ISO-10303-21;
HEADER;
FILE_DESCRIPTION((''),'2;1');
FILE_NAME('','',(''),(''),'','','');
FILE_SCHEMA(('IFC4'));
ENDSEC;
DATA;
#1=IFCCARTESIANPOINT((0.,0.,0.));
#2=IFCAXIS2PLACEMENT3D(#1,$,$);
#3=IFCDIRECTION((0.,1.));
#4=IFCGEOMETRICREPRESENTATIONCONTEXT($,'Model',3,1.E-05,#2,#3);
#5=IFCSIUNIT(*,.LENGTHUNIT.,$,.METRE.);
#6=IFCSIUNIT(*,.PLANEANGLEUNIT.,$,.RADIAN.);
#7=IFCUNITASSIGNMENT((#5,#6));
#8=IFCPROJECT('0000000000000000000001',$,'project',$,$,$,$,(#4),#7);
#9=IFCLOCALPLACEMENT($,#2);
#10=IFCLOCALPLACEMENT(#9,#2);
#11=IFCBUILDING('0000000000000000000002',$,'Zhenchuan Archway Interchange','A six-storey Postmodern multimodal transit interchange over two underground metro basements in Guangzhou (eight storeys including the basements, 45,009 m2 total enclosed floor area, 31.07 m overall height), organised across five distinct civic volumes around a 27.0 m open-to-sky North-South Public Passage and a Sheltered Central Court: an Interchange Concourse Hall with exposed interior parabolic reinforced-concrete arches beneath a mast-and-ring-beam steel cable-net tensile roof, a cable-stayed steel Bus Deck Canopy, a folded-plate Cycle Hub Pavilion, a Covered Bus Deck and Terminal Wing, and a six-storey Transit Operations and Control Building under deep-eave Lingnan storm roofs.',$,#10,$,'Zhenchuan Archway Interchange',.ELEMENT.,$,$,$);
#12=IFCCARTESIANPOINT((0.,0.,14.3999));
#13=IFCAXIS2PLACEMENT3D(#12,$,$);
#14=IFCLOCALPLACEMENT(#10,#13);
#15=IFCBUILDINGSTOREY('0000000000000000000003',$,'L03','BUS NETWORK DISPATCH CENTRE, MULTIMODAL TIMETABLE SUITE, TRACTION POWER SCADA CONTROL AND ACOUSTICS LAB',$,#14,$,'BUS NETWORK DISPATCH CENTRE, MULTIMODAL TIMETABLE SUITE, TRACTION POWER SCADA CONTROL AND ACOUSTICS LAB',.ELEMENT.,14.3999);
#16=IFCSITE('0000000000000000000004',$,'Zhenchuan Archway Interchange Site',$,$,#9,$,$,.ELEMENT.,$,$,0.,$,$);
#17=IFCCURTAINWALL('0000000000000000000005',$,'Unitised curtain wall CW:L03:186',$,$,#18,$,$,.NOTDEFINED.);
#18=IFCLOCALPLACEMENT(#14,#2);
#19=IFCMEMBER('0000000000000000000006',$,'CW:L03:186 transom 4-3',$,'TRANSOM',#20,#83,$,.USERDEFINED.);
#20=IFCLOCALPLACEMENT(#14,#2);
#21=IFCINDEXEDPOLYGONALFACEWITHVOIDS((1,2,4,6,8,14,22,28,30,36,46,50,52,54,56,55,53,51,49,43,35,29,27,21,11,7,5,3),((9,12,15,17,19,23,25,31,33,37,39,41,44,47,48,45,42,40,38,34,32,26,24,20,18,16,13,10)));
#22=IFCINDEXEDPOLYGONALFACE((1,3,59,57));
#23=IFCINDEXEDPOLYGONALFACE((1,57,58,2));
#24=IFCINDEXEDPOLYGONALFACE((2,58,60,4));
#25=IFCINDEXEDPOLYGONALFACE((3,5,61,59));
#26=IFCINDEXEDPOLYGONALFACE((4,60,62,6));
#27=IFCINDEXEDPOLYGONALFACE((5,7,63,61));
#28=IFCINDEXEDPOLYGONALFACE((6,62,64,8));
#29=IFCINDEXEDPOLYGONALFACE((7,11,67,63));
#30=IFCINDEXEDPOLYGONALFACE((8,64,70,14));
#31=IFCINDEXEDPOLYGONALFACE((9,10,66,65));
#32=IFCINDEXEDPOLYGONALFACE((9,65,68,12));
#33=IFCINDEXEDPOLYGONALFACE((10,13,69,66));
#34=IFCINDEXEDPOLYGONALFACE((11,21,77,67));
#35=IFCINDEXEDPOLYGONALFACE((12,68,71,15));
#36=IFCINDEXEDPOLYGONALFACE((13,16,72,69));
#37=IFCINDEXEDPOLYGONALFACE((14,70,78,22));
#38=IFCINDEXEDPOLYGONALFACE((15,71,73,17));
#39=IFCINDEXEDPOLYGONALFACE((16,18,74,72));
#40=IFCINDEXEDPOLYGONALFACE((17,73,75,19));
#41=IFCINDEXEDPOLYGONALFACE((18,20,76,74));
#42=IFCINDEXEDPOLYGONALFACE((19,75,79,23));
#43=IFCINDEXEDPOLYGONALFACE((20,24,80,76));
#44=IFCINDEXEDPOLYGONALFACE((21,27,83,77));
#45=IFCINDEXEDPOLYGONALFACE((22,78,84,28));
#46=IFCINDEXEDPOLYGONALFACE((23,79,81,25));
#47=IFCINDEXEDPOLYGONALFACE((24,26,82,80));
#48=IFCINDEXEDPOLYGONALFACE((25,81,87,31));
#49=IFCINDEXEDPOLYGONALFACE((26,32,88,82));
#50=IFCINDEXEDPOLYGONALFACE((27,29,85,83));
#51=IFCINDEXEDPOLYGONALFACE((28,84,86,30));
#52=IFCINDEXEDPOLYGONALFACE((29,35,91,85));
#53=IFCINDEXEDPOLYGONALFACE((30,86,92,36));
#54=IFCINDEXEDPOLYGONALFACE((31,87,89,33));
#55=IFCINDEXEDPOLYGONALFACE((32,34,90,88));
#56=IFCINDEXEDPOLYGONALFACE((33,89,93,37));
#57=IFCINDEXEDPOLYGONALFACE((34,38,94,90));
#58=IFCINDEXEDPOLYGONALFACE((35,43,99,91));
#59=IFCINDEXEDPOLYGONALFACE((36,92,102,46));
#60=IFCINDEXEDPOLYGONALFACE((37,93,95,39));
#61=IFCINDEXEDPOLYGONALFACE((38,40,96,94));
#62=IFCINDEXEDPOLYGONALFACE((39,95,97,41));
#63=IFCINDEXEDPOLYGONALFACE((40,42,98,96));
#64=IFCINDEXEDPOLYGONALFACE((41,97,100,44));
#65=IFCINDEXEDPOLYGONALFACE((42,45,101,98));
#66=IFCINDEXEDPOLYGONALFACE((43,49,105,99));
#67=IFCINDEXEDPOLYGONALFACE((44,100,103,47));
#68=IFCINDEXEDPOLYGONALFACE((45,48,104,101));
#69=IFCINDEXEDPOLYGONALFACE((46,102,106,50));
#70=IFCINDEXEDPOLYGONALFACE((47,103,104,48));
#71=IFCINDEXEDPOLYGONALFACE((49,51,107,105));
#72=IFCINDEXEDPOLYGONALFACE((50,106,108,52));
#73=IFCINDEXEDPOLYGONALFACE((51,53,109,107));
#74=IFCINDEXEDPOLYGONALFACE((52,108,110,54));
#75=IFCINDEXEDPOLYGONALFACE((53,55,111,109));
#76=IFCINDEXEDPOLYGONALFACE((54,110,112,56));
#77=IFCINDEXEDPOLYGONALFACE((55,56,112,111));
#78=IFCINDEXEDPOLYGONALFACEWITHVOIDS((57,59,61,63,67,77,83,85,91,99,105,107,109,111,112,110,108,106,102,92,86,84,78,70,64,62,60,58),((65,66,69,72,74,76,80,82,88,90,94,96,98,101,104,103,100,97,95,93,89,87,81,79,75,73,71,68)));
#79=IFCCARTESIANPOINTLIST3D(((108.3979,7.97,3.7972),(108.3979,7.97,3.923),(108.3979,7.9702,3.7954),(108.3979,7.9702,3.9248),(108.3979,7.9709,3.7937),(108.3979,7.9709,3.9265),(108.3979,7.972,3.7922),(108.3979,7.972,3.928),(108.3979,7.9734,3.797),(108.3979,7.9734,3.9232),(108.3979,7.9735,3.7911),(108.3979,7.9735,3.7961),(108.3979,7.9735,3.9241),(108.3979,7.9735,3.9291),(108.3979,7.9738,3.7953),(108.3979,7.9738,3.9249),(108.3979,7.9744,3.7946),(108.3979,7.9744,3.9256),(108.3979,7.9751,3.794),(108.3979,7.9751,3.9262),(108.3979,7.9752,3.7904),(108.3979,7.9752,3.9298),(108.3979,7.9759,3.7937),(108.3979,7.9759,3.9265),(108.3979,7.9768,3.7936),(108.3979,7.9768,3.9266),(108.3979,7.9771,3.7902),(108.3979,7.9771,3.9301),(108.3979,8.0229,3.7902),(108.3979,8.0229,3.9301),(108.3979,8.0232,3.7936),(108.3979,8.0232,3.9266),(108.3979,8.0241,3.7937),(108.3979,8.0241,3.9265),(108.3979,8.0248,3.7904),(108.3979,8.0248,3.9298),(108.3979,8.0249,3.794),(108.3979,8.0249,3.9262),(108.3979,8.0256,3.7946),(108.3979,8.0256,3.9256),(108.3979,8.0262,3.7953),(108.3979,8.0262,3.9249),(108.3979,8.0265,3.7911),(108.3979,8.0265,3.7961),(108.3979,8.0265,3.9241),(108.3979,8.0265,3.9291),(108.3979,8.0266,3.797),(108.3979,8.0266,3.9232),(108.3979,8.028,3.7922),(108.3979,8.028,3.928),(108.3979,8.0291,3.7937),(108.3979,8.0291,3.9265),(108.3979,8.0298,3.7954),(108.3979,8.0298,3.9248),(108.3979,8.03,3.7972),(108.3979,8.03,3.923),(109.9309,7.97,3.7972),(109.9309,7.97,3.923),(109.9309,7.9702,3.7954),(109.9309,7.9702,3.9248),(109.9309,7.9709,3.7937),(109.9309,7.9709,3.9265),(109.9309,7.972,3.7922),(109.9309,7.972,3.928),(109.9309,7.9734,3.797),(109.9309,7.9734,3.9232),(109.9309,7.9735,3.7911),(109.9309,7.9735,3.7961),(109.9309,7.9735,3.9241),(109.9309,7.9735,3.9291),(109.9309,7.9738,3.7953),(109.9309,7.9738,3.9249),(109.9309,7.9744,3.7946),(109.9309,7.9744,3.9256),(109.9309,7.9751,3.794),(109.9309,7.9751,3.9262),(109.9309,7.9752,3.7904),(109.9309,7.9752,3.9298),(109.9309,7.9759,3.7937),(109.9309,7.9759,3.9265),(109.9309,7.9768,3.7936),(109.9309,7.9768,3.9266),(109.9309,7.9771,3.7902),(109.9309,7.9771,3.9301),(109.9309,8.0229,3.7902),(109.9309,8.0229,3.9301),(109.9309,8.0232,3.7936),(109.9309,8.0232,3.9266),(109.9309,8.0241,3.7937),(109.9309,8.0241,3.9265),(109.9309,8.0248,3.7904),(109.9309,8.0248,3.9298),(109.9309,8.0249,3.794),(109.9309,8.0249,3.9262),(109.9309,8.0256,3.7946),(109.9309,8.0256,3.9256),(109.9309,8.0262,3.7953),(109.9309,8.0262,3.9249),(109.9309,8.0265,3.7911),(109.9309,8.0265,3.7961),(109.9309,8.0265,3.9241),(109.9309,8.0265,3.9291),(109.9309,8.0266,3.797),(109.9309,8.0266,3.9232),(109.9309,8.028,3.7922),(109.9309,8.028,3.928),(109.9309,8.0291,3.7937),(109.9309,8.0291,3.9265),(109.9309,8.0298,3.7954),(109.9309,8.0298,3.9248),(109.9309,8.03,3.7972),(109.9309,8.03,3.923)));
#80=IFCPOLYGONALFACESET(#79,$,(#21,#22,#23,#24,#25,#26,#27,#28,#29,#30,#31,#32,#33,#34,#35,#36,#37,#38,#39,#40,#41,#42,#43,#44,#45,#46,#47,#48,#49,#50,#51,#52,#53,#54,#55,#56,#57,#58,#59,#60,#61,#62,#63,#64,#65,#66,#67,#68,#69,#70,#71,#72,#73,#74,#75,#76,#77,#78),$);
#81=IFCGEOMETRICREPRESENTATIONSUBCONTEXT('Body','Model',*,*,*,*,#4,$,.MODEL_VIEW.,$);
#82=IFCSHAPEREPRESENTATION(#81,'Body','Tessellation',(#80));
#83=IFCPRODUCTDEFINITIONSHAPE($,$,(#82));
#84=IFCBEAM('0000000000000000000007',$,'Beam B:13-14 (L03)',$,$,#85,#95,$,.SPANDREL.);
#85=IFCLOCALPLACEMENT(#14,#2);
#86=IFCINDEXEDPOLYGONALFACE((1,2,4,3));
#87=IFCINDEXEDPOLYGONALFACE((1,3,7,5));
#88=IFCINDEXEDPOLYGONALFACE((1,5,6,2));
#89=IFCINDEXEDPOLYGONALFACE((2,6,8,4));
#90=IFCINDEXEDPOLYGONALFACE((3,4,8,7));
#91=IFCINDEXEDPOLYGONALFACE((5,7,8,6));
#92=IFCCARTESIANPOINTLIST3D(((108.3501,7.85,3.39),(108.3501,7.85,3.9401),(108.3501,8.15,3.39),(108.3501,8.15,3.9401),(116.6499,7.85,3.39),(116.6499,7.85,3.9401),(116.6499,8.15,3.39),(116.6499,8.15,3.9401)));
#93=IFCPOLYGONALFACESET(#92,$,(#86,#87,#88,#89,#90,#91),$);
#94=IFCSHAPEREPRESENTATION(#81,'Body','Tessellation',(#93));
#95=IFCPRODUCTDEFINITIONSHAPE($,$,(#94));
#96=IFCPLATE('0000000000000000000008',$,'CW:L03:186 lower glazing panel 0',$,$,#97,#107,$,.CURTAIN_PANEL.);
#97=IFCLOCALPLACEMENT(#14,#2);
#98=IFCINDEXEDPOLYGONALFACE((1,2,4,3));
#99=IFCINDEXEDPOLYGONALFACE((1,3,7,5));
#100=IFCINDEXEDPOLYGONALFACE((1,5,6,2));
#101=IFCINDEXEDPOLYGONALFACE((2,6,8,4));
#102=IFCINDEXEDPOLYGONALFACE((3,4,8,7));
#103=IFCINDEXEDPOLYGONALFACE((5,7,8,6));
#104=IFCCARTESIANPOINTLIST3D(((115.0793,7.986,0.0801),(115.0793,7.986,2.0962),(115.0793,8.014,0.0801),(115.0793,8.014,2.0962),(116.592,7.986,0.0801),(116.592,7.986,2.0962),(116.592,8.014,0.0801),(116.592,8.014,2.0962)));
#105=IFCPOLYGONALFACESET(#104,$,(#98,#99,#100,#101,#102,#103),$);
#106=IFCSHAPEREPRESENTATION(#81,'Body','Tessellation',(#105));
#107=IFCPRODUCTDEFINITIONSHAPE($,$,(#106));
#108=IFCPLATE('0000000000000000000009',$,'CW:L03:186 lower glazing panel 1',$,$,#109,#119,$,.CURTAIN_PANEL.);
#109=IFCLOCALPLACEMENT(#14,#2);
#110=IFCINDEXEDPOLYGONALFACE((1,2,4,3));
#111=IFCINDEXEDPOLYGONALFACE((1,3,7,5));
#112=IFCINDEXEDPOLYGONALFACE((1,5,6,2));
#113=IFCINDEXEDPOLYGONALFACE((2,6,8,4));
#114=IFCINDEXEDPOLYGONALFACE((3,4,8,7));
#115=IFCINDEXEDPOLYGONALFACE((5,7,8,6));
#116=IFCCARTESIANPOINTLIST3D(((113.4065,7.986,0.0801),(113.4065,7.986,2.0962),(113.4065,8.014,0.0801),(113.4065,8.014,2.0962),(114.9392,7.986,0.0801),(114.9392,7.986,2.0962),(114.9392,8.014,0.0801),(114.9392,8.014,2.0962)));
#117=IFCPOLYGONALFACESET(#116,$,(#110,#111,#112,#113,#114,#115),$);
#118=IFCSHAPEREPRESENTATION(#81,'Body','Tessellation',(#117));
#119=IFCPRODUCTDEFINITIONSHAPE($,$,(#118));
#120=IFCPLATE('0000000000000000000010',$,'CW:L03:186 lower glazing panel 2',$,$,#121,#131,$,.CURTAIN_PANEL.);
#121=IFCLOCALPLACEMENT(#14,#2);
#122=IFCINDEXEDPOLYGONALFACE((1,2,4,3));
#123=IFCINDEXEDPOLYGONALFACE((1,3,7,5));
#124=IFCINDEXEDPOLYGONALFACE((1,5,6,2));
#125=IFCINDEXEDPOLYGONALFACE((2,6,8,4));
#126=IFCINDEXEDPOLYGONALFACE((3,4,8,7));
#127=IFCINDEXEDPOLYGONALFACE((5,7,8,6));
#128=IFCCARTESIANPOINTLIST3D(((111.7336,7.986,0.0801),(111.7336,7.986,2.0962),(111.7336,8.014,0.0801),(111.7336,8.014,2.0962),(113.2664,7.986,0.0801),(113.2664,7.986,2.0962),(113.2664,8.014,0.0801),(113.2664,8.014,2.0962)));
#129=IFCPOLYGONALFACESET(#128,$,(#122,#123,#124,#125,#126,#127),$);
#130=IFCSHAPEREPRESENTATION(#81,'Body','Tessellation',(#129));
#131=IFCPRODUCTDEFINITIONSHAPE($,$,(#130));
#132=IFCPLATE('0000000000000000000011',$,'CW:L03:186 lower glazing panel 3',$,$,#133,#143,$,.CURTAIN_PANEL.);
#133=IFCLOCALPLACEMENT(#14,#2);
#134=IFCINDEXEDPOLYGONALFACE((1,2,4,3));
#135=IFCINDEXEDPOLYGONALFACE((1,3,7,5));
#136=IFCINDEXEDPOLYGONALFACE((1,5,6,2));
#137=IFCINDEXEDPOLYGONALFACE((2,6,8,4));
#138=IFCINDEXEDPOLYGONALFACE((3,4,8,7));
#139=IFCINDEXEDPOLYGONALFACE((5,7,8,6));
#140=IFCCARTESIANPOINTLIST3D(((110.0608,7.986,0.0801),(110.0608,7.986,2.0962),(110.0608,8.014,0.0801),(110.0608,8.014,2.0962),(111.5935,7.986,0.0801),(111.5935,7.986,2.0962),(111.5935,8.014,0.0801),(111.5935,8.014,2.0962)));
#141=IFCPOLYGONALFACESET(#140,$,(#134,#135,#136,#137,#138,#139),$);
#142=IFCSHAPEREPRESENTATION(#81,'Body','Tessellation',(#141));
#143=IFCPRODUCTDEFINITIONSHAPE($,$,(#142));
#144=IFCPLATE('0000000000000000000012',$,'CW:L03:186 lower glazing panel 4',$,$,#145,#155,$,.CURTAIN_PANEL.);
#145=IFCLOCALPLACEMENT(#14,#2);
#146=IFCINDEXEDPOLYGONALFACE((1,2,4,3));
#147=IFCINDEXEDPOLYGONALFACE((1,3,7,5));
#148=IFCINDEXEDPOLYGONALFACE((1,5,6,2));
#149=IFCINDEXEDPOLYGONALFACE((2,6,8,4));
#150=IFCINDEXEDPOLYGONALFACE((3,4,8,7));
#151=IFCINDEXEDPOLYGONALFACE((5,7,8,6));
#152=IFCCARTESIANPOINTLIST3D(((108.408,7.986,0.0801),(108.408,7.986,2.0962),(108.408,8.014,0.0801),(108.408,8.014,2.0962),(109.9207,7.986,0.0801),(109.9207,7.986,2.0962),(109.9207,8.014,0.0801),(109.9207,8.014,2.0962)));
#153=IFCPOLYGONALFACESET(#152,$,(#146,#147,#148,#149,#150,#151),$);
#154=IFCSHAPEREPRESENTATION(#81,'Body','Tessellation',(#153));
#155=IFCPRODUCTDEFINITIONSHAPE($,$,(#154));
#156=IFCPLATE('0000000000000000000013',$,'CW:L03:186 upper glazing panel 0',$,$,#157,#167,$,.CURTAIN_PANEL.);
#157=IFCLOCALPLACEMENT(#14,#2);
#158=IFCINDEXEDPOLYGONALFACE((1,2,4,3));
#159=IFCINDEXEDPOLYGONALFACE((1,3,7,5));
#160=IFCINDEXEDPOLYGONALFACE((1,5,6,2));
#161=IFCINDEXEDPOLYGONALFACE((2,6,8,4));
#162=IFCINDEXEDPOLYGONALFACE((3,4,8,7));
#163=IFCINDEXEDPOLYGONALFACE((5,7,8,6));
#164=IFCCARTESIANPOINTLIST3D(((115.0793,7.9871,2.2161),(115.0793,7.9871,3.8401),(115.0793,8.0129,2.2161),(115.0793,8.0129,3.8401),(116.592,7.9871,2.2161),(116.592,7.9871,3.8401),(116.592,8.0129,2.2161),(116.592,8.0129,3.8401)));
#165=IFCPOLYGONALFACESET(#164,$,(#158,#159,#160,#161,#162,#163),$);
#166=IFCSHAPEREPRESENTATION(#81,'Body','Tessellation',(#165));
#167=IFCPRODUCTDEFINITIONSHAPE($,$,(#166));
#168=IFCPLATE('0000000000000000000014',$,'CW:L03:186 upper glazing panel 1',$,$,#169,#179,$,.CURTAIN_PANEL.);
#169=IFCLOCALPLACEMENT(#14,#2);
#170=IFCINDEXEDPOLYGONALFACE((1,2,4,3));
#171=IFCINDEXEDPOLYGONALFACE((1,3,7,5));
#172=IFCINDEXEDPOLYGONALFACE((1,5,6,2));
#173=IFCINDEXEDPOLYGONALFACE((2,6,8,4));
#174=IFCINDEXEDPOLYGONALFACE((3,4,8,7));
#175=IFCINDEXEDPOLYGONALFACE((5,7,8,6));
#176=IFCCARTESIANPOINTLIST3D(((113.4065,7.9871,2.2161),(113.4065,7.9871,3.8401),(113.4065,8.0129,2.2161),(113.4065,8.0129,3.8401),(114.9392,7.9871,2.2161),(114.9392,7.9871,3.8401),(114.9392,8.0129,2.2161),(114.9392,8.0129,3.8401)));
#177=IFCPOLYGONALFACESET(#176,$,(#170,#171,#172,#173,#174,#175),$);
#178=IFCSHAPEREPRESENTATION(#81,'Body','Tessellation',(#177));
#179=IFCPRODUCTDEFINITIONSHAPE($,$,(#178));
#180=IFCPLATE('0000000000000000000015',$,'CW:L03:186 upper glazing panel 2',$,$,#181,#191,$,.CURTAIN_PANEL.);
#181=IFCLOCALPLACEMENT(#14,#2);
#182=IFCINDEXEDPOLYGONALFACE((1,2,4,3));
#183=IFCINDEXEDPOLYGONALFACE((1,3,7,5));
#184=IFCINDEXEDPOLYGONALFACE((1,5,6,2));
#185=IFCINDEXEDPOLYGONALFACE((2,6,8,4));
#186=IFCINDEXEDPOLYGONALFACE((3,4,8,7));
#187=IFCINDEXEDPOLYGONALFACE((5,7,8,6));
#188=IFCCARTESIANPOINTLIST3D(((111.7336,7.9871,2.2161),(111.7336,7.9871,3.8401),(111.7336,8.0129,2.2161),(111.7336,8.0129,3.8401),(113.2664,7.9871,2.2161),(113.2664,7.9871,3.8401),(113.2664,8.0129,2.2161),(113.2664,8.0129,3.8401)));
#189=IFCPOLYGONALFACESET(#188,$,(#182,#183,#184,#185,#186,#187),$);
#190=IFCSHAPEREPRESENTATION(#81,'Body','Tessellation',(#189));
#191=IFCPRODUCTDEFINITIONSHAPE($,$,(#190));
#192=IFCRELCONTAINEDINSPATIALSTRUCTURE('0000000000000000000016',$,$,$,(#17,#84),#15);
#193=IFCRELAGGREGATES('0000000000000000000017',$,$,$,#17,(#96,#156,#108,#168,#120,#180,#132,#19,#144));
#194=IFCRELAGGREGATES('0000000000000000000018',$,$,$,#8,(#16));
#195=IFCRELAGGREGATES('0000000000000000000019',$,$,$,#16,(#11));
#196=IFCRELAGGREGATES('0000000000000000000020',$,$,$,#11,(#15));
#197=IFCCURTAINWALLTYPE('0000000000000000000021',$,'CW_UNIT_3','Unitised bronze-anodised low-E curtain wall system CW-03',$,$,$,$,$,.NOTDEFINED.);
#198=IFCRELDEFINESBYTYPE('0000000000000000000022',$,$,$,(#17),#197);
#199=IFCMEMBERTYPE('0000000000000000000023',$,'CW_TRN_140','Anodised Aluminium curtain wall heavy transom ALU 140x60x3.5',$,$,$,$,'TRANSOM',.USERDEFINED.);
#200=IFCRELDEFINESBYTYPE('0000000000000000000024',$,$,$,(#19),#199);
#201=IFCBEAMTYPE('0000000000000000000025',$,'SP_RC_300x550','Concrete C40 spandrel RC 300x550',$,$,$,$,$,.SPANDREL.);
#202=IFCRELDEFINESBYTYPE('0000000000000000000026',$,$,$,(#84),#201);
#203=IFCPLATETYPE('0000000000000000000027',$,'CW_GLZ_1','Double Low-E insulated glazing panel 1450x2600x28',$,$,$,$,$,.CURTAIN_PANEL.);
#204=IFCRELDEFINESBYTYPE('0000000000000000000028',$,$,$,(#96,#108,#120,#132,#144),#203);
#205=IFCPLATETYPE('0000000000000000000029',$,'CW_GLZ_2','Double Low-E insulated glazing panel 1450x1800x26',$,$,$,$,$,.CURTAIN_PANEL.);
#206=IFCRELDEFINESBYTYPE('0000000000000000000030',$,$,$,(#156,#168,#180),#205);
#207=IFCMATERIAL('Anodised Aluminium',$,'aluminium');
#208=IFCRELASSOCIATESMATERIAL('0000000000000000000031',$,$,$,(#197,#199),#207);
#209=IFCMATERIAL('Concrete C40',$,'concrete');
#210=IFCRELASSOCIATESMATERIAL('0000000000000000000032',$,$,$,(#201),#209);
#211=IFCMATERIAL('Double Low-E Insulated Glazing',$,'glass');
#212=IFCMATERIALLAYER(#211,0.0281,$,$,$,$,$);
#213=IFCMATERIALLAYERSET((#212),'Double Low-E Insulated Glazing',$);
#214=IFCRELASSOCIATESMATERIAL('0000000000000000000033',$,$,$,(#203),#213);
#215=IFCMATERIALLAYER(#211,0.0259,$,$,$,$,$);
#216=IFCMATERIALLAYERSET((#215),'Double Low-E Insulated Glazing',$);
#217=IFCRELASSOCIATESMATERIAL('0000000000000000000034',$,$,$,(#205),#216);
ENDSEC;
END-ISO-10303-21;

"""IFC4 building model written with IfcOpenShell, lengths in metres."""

from ifc_helpers import new_model, si_unit, direction, frame, origin, origin_2d, place, context, subcontext, project, spatial, rectangle, hollow_rectangle, extrude, material, layer, layer_set, material_profile, profile_set, type_object, element, aggregate, save


model = new_model("IFC4")

# Units and contexts
model_context = context("Model", 3, precision=1e-05, world=origin(), true_north=direction((0.0, 1.0)))
body_context = subcontext(model_context, "Body", "Model", "MODEL_VIEW")
ifc_project = project(units=[si_unit("LENGTHUNIT", "METRE"), si_unit("PLANEANGLEUNIT", "RADIAN")], contexts=[model_context])

# Site, building, storey
site_placement = place(None, origin())
site = spatial("IfcSite", under=ifc_project, at=site_placement, Name="Zhenchuan Archway Interchange Site", CompositionType="ELEMENT", RefElevation=0.0)
building_placement = place(site_placement, origin())
building = spatial("IfcBuilding", under=site, at=building_placement, Name="Zhenchuan Archway Interchange", Description="A six-storey Postmodern multimodal transit interchange over two underground metro basements in Guangzhou (eight storeys including the basements, 45,009 m2 total enclosed floor area, 31.07 m overall height), organised across five distinct civic volumes around a 27.0 m open-to-sky North-South Public Passage and a Sheltered Central Court: an Interchange Concourse Hall with exposed interior parabolic reinforced-concrete arches beneath a mast-and-ring-beam steel cable-net tensile roof, a cable-stayed steel Bus Deck Canopy, a folded-plate Cycle Hub Pavilion, a Covered Bus Deck and Terminal Wing, and a six-storey Transit Operations and Control Building under deep-eave Lingnan storm roofs.", LongName="Zhenchuan Archway Interchange", CompositionType="ELEMENT")
storey_placement = place(building_placement, frame((0.0, 0.0, 14.3999)))
storey = spatial("IfcBuildingStorey", under=building, at=storey_placement, Name="L03", Description="BUS NETWORK DISPATCH CENTRE, MULTIMODAL TIMETABLE SUITE, TRACTION POWER SCADA CONTROL AND ACOUSTICS LAB", LongName="BUS NETWORK DISPATCH CENTRE, MULTIMODAL TIMETABLE SUITE, TRACTION POWER SCADA CONTROL AND ACOUSTICS LAB", CompositionType="ELEMENT", Elevation=14.3999)

# Shared definitions
ifc_material_1 = material(Name="Concrete C40", Category="concrete")

# Curtain wall, member
ifc_material_2 = material(Name="Anodised Aluminium", Category="aluminium")
curtain_wall_type = type_object("IfcCurtainWallType", Name="CW_UNIT_3", Description="Unitised bronze-anodised low-E curtain wall system CW-03", PredefinedType="NOTDEFINED", material=ifc_material_2)
curtain_wall_placement = place(storey_placement, origin())
curtain_wall = element("IfcCurtainWall", 1, at=curtain_wall_placement, inside=storey, type_object=curtain_wall_type, Name="Unitised curtain wall CW:L03:186", PredefinedType="NOTDEFINED")
ifc_material_profile_1 = material_profile(ifc_material_2, hollow_rectangle(XDim=0.0601, YDim=0.1399, WallThickness=0.0034, InnerFilletRadius=0.0034, OuterFilletRadius=0.0071, at=origin_2d()), Name="ALU 140x60x3.5")
ifc_profile_set_1 = profile_set([ifc_material_profile_1], Name="Anodised Aluminium")
member_type_1 = type_object("IfcMemberType", Name="CW_TRN_140", Description="Anodised Aluminium curtain wall heavy transom ALU 140x60x3.5", ElementType="TRANSOM", PredefinedType="USERDEFINED", material=ifc_profile_set_1)
member_1_placement = place(storey_placement, frame((109.9309, 8.0, 3.8601), z_axis=(-1.0, 0.0, 0.0), x_axis=(0.0, -1.0, 0.0)))
member_1 = element("IfcMember", 2, at=member_1_placement, type_object=member_type_1, Name="CW:L03:186 transom 4-3", ObjectType="TRANSOM", PredefinedType="USERDEFINED", context=body_context, shape_type="SweptSolid", body=[
    extrude(hollow_rectangle(XDim=0.0601, YDim=0.1399, WallThickness=0.0034, InnerFilletRadius=0.0034, OuterFilletRadius=0.0071, at=origin_2d()), origin(), (0.0, 0.0, 1.0), 1.533),
])

# Beam
ifc_material_profile_2 = material_profile(ifc_material_1, rectangle(XDim=0.3, YDim=0.55, at=origin_2d()), Name="RC 300x550")
ifc_profile_set_2 = profile_set([ifc_material_profile_2], Name="Concrete C40")
beam_type = type_object("IfcBeamType", Name="SP_RC_300x550", Description="Concrete C40 spandrel RC 300x550", PredefinedType="SPANDREL", material=ifc_profile_set_2)
beam_placement = place(storey_placement, frame((108.3501, 8.0, 3.665), z_axis=(1.0, 0.0, 0.0), x_axis=(0.0, 1.0, 0.0)))
element("IfcBeam", 3, at=beam_placement, inside=storey, type_object=beam_type, Name="Beam B:13-14 (L03)", PredefinedType="SPANDREL", context=body_context, shape_type="SweptSolid", body=[
    extrude(rectangle(XDim=0.3, YDim=0.55, at=origin_2d()), origin(), (0.0, 0.0, 1.0), 8.2998),
])

# Plates
ifc_material_3 = material(Name="Double Low-E Insulated Glazing", Category="glass")
ifc_layer_1 = layer(ifc_material_3, 0.0281)
ifc_layer_set_1 = layer_set([ifc_layer_1], Name="Double Low-E Insulated Glazing")
plate_type_1 = type_object("IfcPlateType", Name="CW_GLZ_1", Description="Double Low-E insulated glazing panel 1450x2600x28", PredefinedType="CURTAIN_PANEL", material=ifc_layer_set_1)
plate_1_placement = place(storey_placement, frame((115.8357, 8.0, 0.0801), z_axis=(0.0, 0.0, 1.0), x_axis=(-1.0, 0.0, 0.0)))
plate_1 = element("IfcPlate", 4, at=plate_1_placement, type_object=plate_type_1, Name="CW:L03:186 lower glazing panel 0", PredefinedType="CURTAIN_PANEL", context=body_context, shape_type="SweptSolid", body=[
    extrude(rectangle(XDim=1.5127, YDim=0.0281, at=origin_2d()), origin(), (0.0, 0.0, 1.0), 2.0161),
])
plate_2_placement = place(storey_placement, frame((114.1729, 8.0, 0.0801), z_axis=(0.0, 0.0, 1.0), x_axis=(-1.0, 0.0, 0.0)))
plate_2 = element("IfcPlate", 5, at=plate_2_placement, type_object=plate_type_1, Name="CW:L03:186 lower glazing panel 1", PredefinedType="CURTAIN_PANEL", context=body_context, shape_type="SweptSolid", body=[
    extrude(rectangle(XDim=1.5327, YDim=0.0281, at=origin_2d()), origin(), (0.0, 0.0, 1.0), 2.0161),
])
plate_3_placement = place(storey_placement, frame((112.5, 8.0, 0.0801), z_axis=(0.0, 0.0, 1.0), x_axis=(-1.0, 0.0, 0.0)))
plate_3 = element("IfcPlate", 6, at=plate_3_placement, type_object=plate_type_1, Name="CW:L03:186 lower glazing panel 2", PredefinedType="CURTAIN_PANEL", context=body_context, shape_type="SweptSolid", body=[
    extrude(rectangle(XDim=1.5327, YDim=0.0281, at=origin_2d()), origin(), (0.0, 0.0, 1.0), 2.0161),
])
plate_4_placement = place(storey_placement, frame((110.8271, 8.0, 0.0801), z_axis=(0.0, 0.0, 1.0), x_axis=(-1.0, 0.0, 0.0)))
plate_4 = element("IfcPlate", 7, at=plate_4_placement, type_object=plate_type_1, Name="CW:L03:186 lower glazing panel 3", PredefinedType="CURTAIN_PANEL", context=body_context, shape_type="SweptSolid", body=[
    extrude(rectangle(XDim=1.5327, YDim=0.0281, at=origin_2d()), origin(), (0.0, 0.0, 1.0), 2.0161),
])
plate_5_placement = place(storey_placement, frame((109.1643, 8.0, 0.0801), z_axis=(0.0, 0.0, 1.0), x_axis=(-1.0, 0.0, 0.0)))
plate_5 = element("IfcPlate", 8, at=plate_5_placement, type_object=plate_type_1, Name="CW:L03:186 lower glazing panel 4", PredefinedType="CURTAIN_PANEL", context=body_context, shape_type="SweptSolid", body=[
    extrude(rectangle(XDim=1.5127, YDim=0.0281, at=origin_2d()), origin(), (0.0, 0.0, 1.0), 2.0161),
])
ifc_layer_2 = layer(ifc_material_3, 0.0259)
ifc_layer_set_2 = layer_set([ifc_layer_2], Name="Double Low-E Insulated Glazing")
plate_type_2 = type_object("IfcPlateType", Name="CW_GLZ_2", Description="Double Low-E insulated glazing panel 1450x1800x26", PredefinedType="CURTAIN_PANEL", material=ifc_layer_set_2)
plate_6_placement = place(storey_placement, frame((115.8357, 8.0, 2.2161), z_axis=(0.0, 0.0, 1.0), x_axis=(-1.0, 0.0, 0.0)))
plate_6 = element("IfcPlate", 9, at=plate_6_placement, type_object=plate_type_2, Name="CW:L03:186 upper glazing panel 0", PredefinedType="CURTAIN_PANEL", context=body_context, shape_type="SweptSolid", body=[
    extrude(rectangle(XDim=1.5127, YDim=0.0259, at=origin_2d()), origin(), (0.0, 0.0, 1.0), 1.624),
])
plate_7_placement = place(storey_placement, frame((114.1729, 8.0, 2.2161), z_axis=(0.0, 0.0, 1.0), x_axis=(-1.0, 0.0, 0.0)))
plate_7 = element("IfcPlate", 10, at=plate_7_placement, type_object=plate_type_2, Name="CW:L03:186 upper glazing panel 1", PredefinedType="CURTAIN_PANEL", context=body_context, shape_type="SweptSolid", body=[
    extrude(rectangle(XDim=1.5327, YDim=0.0259, at=origin_2d()), origin(), (0.0, 0.0, 1.0), 1.624),
])
plate_8_placement = place(storey_placement, frame((112.5, 8.0, 2.2161), z_axis=(0.0, 0.0, 1.0), x_axis=(-1.0, 0.0, 0.0)))
plate_8 = element("IfcPlate", 11, at=plate_8_placement, type_object=plate_type_2, Name="CW:L03:186 upper glazing panel 2", PredefinedType="CURTAIN_PANEL", context=body_context, shape_type="SweptSolid", body=[
    extrude(rectangle(XDim=1.5327, YDim=0.0259, at=origin_2d()), origin(), (0.0, 0.0, 1.0), 1.624),
])
aggregate(curtain_wall, [plate_1, plate_6, plate_2, plate_7, plate_3, plate_8, plate_4, member_1, plate_5])

save(model, "model.ifc")
